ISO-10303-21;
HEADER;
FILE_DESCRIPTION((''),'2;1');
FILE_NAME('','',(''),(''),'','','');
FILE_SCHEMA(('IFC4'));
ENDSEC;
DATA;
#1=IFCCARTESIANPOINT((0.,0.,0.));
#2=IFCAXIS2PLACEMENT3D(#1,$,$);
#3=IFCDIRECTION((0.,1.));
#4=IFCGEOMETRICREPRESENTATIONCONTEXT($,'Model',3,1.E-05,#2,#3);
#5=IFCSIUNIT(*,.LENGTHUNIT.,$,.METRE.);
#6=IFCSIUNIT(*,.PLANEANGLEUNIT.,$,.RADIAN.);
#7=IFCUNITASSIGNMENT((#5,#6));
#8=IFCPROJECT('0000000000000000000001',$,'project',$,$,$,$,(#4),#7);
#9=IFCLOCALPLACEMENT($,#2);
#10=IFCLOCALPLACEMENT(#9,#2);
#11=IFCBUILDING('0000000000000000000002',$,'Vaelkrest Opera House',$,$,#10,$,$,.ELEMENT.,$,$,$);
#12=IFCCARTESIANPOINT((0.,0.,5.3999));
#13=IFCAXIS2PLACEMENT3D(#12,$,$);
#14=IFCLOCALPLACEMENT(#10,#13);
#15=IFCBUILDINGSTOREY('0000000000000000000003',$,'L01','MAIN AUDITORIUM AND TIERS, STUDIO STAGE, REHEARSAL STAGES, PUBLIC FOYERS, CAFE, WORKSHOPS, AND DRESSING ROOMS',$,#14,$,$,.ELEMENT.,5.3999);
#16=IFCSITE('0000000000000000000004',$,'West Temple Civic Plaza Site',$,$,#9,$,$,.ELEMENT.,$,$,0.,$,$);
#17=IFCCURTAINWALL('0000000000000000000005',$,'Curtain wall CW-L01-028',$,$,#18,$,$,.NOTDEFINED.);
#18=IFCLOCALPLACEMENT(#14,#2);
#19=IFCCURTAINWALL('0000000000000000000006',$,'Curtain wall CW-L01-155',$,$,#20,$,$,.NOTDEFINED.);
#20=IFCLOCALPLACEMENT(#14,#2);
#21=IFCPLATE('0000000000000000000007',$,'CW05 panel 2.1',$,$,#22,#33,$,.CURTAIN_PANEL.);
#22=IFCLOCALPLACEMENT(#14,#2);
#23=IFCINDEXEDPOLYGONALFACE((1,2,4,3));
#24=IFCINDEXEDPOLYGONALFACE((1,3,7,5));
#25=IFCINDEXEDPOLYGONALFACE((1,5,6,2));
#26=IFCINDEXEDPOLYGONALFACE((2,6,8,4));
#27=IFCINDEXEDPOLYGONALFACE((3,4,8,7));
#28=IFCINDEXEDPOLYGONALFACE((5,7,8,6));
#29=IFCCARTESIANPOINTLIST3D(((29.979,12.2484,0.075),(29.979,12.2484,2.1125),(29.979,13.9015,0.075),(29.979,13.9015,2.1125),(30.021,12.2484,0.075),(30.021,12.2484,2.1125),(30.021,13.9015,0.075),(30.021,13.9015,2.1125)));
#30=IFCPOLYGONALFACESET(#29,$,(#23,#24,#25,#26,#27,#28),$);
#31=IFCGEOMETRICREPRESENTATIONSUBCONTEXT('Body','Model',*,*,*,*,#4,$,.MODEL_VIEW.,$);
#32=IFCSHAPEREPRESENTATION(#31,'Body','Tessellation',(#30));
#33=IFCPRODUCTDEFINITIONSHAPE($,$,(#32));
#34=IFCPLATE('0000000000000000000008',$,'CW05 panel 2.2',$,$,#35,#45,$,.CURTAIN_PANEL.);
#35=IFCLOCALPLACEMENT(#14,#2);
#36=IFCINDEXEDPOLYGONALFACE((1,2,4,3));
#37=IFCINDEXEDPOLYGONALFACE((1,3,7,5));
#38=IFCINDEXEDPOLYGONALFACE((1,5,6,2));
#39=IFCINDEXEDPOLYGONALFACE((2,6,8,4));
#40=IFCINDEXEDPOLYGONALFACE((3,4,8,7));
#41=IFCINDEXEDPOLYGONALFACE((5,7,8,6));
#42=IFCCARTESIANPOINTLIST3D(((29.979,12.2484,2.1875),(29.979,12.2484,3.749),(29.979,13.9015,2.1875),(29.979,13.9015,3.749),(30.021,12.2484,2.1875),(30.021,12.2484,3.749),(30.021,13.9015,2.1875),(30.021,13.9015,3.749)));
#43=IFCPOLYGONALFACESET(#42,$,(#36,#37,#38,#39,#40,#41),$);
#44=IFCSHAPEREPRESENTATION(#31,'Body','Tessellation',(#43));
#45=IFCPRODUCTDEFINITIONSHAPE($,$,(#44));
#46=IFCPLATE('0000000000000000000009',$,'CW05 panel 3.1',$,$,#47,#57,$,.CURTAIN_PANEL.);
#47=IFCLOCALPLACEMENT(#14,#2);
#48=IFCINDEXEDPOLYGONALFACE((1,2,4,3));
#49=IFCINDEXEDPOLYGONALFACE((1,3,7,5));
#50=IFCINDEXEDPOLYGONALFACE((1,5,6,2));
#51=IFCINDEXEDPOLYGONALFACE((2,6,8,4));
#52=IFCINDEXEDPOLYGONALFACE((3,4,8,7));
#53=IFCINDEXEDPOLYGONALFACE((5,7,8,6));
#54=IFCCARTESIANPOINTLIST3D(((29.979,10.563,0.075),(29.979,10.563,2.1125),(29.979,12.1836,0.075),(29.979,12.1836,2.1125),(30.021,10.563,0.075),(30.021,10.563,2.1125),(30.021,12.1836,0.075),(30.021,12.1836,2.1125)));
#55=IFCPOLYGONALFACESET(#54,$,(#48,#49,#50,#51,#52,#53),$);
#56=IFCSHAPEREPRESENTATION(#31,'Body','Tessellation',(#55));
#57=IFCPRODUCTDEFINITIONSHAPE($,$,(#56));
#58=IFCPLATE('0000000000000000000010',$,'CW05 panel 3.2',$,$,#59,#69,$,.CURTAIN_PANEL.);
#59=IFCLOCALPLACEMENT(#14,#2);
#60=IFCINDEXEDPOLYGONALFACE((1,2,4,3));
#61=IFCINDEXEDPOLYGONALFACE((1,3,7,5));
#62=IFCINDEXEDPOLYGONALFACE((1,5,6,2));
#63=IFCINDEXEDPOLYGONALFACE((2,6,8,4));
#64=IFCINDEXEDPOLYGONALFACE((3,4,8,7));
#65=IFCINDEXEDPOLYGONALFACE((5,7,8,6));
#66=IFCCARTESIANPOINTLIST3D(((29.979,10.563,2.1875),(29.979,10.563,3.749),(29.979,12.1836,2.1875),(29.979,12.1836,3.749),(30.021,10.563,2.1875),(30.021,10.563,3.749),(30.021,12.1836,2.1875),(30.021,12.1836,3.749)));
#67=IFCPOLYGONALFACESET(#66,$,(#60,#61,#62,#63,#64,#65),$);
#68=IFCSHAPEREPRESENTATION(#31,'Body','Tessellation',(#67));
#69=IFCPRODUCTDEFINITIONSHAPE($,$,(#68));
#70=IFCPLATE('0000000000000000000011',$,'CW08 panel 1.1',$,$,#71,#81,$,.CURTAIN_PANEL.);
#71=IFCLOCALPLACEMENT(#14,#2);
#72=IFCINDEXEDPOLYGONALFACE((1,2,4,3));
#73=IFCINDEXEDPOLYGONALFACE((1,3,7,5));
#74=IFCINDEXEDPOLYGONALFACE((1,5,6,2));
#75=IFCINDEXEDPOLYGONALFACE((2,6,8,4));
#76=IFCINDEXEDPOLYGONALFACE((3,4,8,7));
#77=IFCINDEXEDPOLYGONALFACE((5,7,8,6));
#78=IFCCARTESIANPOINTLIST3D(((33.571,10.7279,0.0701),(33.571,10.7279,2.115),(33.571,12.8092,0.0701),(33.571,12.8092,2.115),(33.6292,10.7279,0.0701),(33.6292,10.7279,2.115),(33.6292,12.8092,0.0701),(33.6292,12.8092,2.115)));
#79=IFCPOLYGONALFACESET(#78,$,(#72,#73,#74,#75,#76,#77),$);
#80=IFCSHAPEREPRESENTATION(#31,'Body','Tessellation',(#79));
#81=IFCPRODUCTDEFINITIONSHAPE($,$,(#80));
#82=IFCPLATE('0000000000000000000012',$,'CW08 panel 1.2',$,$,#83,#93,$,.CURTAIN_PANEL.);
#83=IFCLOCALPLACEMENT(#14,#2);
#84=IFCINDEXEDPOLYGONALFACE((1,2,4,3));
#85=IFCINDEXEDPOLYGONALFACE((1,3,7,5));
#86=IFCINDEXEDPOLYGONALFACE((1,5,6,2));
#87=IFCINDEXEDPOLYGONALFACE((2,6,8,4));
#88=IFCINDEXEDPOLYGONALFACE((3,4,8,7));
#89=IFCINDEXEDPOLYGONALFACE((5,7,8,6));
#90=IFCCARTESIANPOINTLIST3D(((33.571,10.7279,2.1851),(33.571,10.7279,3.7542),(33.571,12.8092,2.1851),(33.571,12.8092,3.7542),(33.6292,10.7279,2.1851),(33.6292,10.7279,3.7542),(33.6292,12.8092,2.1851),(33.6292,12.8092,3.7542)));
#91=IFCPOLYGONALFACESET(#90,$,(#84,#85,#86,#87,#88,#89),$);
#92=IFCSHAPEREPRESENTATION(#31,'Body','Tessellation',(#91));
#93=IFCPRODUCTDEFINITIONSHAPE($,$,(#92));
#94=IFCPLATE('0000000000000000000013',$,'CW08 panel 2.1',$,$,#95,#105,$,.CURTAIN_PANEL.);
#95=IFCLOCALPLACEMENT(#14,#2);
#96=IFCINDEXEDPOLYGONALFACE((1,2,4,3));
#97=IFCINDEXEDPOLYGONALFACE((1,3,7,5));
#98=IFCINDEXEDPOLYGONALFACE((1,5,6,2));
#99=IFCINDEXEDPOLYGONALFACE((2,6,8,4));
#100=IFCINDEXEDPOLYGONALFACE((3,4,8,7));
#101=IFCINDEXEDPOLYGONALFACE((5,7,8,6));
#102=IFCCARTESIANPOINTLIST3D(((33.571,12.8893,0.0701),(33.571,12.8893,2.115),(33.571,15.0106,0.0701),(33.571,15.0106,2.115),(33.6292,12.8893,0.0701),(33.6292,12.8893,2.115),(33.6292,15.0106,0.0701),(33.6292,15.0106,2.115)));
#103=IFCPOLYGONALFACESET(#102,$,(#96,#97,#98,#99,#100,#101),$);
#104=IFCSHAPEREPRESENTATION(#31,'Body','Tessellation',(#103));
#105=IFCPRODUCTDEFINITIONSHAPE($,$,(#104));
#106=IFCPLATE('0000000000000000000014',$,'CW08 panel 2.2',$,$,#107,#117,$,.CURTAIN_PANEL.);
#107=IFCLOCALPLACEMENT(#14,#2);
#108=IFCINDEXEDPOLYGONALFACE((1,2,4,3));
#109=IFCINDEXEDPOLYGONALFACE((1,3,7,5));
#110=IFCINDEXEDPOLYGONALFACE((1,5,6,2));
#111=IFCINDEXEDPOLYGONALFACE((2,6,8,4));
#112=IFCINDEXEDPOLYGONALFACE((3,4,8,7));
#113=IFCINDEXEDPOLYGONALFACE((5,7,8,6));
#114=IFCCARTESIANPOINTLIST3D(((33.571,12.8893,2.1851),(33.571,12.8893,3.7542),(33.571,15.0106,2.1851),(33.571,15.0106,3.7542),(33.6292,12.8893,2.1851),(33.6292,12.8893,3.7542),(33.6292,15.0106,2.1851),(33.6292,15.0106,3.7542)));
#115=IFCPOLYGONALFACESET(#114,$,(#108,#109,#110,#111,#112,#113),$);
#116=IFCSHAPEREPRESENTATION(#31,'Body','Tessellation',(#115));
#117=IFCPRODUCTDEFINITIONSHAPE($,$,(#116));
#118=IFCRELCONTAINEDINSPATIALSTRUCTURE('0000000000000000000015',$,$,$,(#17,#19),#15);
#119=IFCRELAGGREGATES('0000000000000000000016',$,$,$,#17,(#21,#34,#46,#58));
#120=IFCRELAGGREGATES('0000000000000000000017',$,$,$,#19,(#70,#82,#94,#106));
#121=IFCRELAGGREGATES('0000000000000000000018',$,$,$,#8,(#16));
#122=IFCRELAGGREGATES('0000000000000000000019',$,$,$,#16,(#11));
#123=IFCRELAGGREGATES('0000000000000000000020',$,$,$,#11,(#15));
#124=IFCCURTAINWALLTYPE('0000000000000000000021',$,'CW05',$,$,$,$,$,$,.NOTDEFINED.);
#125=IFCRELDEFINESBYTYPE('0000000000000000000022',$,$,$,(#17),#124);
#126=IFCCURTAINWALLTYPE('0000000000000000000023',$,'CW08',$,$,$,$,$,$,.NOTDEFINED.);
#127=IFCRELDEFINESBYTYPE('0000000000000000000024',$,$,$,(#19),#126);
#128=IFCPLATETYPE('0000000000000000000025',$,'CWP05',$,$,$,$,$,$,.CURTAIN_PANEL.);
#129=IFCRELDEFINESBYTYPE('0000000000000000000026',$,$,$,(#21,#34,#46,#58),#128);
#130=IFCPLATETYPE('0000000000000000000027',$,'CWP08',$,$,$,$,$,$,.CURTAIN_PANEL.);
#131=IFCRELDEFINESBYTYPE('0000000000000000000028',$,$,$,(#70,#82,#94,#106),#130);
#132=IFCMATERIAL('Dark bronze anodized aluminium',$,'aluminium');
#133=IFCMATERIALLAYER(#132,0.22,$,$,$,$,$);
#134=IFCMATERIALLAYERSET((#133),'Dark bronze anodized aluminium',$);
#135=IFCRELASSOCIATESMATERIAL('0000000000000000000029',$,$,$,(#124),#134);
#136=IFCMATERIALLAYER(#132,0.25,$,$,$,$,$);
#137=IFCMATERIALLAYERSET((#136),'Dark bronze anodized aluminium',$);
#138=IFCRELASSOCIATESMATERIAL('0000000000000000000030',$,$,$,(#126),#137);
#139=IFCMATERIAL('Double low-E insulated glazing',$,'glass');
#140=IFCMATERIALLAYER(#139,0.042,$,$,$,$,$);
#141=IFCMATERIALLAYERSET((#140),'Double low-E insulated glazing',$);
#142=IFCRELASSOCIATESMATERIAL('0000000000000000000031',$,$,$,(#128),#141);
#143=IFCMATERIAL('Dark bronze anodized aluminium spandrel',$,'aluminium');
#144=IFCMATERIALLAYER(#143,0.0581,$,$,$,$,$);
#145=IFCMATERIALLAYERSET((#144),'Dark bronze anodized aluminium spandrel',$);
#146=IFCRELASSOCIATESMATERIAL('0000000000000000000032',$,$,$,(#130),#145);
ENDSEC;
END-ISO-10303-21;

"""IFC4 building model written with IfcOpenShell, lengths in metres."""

from ifc_helpers import new_model, si_unit, direction, frame, origin, origin_2d, place, context, subcontext, project, spatial, rectangle, extrude, material, layer, layer_set, type_object, element, aggregate, save


model = new_model("IFC4")

# Units and contexts
model_context = context("Model", 3, precision=1e-05, world=origin(), true_north=direction((0.0, 1.0)))
body_context = subcontext(model_context, "Body", "Model", "MODEL_VIEW")
ifc_project = project(units=[si_unit("LENGTHUNIT", "METRE"), si_unit("PLANEANGLEUNIT", "RADIAN")], contexts=[model_context])

# Site, building, storey
site_placement = place(None, origin())
site = spatial("IfcSite", under=ifc_project, at=site_placement, Name="West Temple Civic Plaza Site", CompositionType="ELEMENT", RefElevation=0.0)
building_placement = place(site_placement, origin())
building = spatial("IfcBuilding", under=site, at=building_placement, Name="Vaelkrest Opera House", CompositionType="ELEMENT")
storey_placement = place(building_placement, frame((0.0, 0.0, 5.3999)))
storey = spatial("IfcBuildingStorey", under=building, at=storey_placement, Name="L01", Description="MAIN AUDITORIUM AND TIERS, STUDIO STAGE, REHEARSAL STAGES, PUBLIC FOYERS, CAFE, WORKSHOPS, AND DRESSING ROOMS", CompositionType="ELEMENT", Elevation=5.3999)

# Curtain walls
ifc_material_1 = material(Name="Dark bronze anodized aluminium", Category="aluminium")
ifc_layer_1 = layer(ifc_material_1, 0.22)
ifc_layer_set_1 = layer_set([ifc_layer_1], Name="Dark bronze anodized aluminium")
curtain_wall_type_1 = type_object("IfcCurtainWallType", Name="CW05", PredefinedType="NOTDEFINED", material=ifc_layer_set_1)
curtain_wall_1_placement = place(storey_placement, origin())
curtain_wall_1 = element("IfcCurtainWall", 1, at=curtain_wall_1_placement, inside=storey, type_object=curtain_wall_type_1, Name="Curtain wall CW-L01-028", PredefinedType="NOTDEFINED")
ifc_layer_2 = layer(ifc_material_1, 0.25)
ifc_layer_set_2 = layer_set([ifc_layer_2], Name="Dark bronze anodized aluminium")
curtain_wall_type_2 = type_object("IfcCurtainWallType", Name="CW08", PredefinedType="NOTDEFINED", material=ifc_layer_set_2)
curtain_wall_2_placement = place(storey_placement, origin())
curtain_wall_2 = element("IfcCurtainWall", 2, at=curtain_wall_2_placement, inside=storey, type_object=curtain_wall_type_2, Name="Curtain wall CW-L01-155", PredefinedType="NOTDEFINED")

# Plates
ifc_material_2 = material(Name="Double low-E insulated glazing", Category="glass")
ifc_layer_3 = layer(ifc_material_2, 0.042)
ifc_layer_set_3 = layer_set([ifc_layer_3], Name="Double low-E insulated glazing")
plate_type_1 = type_object("IfcPlateType", Name="CWP05", PredefinedType="CURTAIN_PANEL", material=ifc_layer_set_3)
plate_1_placement = place(storey_placement, frame((30.0, 13.075, 0.075), z_axis=(0.0, 0.0, 1.0), x_axis=(0.0, -1.0, 0.0)))
plate_1 = element("IfcPlate", 3, at=plate_1_placement, type_object=plate_type_1, Name="CW05 panel 2.1", PredefinedType="CURTAIN_PANEL", context=body_context, shape_type="SweptSolid", body=[
    extrude(rectangle(XDim=1.6531, YDim=0.042, at=origin_2d()), origin(), (0.0, 0.0, 1.0), 2.0376),
])
plate_2_placement = place(storey_placement, frame((30.0, 13.075, 2.1875), z_axis=(0.0, 0.0, 1.0), x_axis=(0.0, -1.0, 0.0)))
plate_2 = element("IfcPlate", 4, at=plate_2_placement, type_object=plate_type_1, Name="CW05 panel 2.2", PredefinedType="CURTAIN_PANEL", context=body_context, shape_type="SweptSolid", body=[
    extrude(rectangle(XDim=1.6531, YDim=0.042, at=origin_2d()), origin(), (0.0, 0.0, 1.0), 1.5615),
])
plate_3_placement = place(storey_placement, frame((30.0, 11.3733, 0.075), z_axis=(0.0, 0.0, 1.0), x_axis=(0.0, -1.0, 0.0)))
plate_3 = element("IfcPlate", 5, at=plate_3_placement, type_object=plate_type_1, Name="CW05 panel 3.1", PredefinedType="CURTAIN_PANEL", context=body_context, shape_type="SweptSolid", body=[
    extrude(rectangle(XDim=1.6206, YDim=0.042, at=origin_2d()), origin(), (0.0, 0.0, 1.0), 2.0376),
])
plate_4_placement = place(storey_placement, frame((30.0, 11.3733, 2.1875), z_axis=(0.0, 0.0, 1.0), x_axis=(0.0, -1.0, 0.0)))
plate_4 = element("IfcPlate", 6, at=plate_4_placement, type_object=plate_type_1, Name="CW05 panel 3.2", PredefinedType="CURTAIN_PANEL", context=body_context, shape_type="SweptSolid", body=[
    extrude(rectangle(XDim=1.6206, YDim=0.042, at=origin_2d()), origin(), (0.0, 0.0, 1.0), 1.5615),
])
aggregate(curtain_wall_1, [plate_1, plate_2, plate_3, plate_4])
ifc_material_3 = material(Name="Dark bronze anodized aluminium spandrel", Category="aluminium")
ifc_layer_4 = layer(ifc_material_3, 0.0581)
ifc_layer_set_4 = layer_set([ifc_layer_4], Name="Dark bronze anodized aluminium spandrel")
plate_type_2 = type_object("IfcPlateType", Name="CWP08", PredefinedType="CURTAIN_PANEL", material=ifc_layer_set_4)
plate_5_placement = place(storey_placement, frame((33.6001, 11.7686, 0.0701), z_axis=(0.0, 0.0, 1.0), x_axis=(0.0, 1.0, 0.0)))
plate_5 = element("IfcPlate", 7, at=plate_5_placement, type_object=plate_type_2, Name="CW08 panel 1.1", PredefinedType="CURTAIN_PANEL", context=body_context, shape_type="SweptSolid", body=[
    extrude(rectangle(XDim=2.0813, YDim=0.0581, at=origin_2d()), origin(), (0.0, 0.0, 1.0), 2.0449),
])
plate_6_placement = place(storey_placement, frame((33.6001, 11.7686, 2.1851), z_axis=(0.0, 0.0, 1.0), x_axis=(0.0, 1.0, 0.0)))
plate_6 = element("IfcPlate", 8, at=plate_6_placement, type_object=plate_type_2, Name="CW08 panel 1.2", PredefinedType="CURTAIN_PANEL", context=body_context, shape_type="SweptSolid", body=[
    extrude(rectangle(XDim=2.0813, YDim=0.0581, at=origin_2d()), origin(), (0.0, 0.0, 1.0), 1.5691),
])
plate_7_placement = place(storey_placement, frame((33.6001, 13.95, 0.0701), z_axis=(0.0, 0.0, 1.0), x_axis=(0.0, 1.0, 0.0)))
plate_7 = element("IfcPlate", 9, at=plate_7_placement, type_object=plate_type_2, Name="CW08 panel 2.1", PredefinedType="CURTAIN_PANEL", context=body_context, shape_type="SweptSolid", body=[
    extrude(rectangle(XDim=2.1213, YDim=0.0581, at=origin_2d()), origin(), (0.0, 0.0, 1.0), 2.0449),
])
plate_8_placement = place(storey_placement, frame((33.6001, 13.95, 2.1851), z_axis=(0.0, 0.0, 1.0), x_axis=(0.0, 1.0, 0.0)))
plate_8 = element("IfcPlate", 10, at=plate_8_placement, type_object=plate_type_2, Name="CW08 panel 2.2", PredefinedType="CURTAIN_PANEL", context=body_context, shape_type="SweptSolid", body=[
    extrude(rectangle(XDim=2.1213, YDim=0.0581, at=origin_2d()), origin(), (0.0, 0.0, 1.0), 1.5691),
])
aggregate(curtain_wall_2, [plate_5, plate_6, plate_7, plate_8])

save(model, "model.ifc")
